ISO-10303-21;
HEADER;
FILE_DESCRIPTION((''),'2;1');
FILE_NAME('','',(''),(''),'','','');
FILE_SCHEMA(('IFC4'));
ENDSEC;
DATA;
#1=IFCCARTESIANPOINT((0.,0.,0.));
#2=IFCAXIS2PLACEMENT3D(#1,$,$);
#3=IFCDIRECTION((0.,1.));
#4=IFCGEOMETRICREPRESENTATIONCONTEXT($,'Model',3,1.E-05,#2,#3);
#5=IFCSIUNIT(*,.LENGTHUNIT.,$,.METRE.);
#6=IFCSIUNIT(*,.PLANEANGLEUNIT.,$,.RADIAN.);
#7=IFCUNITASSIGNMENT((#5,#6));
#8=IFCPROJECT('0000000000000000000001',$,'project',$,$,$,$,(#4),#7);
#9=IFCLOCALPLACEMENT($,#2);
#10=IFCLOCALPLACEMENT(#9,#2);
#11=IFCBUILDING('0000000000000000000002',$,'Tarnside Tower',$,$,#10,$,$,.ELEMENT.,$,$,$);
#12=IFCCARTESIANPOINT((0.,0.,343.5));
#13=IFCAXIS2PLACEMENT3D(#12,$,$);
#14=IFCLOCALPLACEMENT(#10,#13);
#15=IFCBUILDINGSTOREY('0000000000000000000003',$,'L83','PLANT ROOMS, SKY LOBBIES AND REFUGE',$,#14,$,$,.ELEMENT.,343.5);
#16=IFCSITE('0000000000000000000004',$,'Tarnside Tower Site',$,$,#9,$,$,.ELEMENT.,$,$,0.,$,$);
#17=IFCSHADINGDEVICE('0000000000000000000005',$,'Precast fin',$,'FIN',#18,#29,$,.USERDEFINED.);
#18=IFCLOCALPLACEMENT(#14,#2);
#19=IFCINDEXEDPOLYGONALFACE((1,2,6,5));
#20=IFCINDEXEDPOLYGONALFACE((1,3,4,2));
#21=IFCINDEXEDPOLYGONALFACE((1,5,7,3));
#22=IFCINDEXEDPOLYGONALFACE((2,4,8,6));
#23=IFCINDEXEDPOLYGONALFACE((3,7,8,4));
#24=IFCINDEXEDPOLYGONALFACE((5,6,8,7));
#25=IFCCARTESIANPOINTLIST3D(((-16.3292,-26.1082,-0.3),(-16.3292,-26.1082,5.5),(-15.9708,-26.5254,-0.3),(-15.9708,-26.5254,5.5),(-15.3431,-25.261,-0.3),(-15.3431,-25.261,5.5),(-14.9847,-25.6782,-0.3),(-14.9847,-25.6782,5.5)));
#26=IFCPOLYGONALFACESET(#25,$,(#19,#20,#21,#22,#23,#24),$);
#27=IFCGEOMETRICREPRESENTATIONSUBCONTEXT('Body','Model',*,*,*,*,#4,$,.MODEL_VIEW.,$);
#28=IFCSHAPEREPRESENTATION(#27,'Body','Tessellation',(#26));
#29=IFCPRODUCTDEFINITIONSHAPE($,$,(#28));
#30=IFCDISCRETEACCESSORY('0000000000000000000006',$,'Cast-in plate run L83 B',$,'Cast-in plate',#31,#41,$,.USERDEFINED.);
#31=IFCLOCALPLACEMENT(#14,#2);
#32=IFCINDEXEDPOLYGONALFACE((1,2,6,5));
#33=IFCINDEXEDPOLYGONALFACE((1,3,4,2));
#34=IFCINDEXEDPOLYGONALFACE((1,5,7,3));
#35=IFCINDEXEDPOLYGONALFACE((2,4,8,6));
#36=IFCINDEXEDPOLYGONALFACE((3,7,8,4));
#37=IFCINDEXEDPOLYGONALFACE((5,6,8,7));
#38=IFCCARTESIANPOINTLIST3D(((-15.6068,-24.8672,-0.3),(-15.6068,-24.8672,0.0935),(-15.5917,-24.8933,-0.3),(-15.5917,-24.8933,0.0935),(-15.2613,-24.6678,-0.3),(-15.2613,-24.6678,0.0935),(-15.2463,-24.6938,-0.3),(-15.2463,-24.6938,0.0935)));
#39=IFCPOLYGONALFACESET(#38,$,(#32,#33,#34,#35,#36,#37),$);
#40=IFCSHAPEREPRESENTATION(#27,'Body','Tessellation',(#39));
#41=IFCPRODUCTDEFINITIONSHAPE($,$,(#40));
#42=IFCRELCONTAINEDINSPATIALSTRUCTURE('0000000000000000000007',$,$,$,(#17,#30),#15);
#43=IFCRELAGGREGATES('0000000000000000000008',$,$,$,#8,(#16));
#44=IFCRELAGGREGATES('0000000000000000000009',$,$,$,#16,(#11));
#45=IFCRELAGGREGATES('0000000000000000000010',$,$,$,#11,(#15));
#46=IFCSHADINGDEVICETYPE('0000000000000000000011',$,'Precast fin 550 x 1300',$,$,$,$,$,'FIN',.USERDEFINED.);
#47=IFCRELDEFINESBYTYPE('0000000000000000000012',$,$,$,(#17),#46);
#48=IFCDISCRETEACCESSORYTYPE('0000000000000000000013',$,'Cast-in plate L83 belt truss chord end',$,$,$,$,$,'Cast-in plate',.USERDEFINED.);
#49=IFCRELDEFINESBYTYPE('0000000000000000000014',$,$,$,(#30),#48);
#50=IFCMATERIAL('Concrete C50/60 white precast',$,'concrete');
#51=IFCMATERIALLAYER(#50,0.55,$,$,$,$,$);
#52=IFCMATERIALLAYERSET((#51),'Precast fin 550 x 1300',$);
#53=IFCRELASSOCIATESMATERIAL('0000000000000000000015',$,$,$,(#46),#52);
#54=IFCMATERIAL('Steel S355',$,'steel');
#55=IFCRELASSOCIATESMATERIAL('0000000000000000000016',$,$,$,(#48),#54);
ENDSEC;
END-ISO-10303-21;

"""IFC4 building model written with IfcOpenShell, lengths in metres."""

from ifc_helpers import new_model, si_unit, direction, frame, origin, origin_2d, place, context, subcontext, project, spatial, polyline, rectangle, outline, extrude, material, layer, layer_set, type_object, element, save


model = new_model("IFC4")

# Units and contexts
model_context = context("Model", 3, precision=1e-05, world=origin(), true_north=direction((0.0, 1.0)))
body_context = subcontext(model_context, "Body", "Model", "MODEL_VIEW")
ifc_project = project(units=[si_unit("LENGTHUNIT", "METRE"), si_unit("PLANEANGLEUNIT", "RADIAN")], contexts=[model_context])

# Site, building, storey
site_placement = place(None, origin())
site = spatial("IfcSite", under=ifc_project, at=site_placement, Name="Tarnside Tower Site", CompositionType="ELEMENT", RefElevation=0.0)
building_placement = place(site_placement, origin())
building = spatial("IfcBuilding", under=site, at=building_placement, Name="Tarnside Tower", CompositionType="ELEMENT")
storey_placement = place(building_placement, frame((0.0, 0.0, 343.5)))
storey = spatial("IfcBuildingStorey", under=building, at=storey_placement, Name="L83", Description="PLANT ROOMS, SKY LOBBIES AND REFUGE", CompositionType="ELEMENT", Elevation=343.5)

# Shared definitions
ifc_material_1 = material(Name="Steel S355", Category="steel")

# Shading device
ifc_material_2 = material(Name="Concrete C50/60 white precast", Category="concrete")
ifc_layer_1 = layer(ifc_material_2, 0.55)
ifc_layer_set_1 = layer_set([ifc_layer_1], Name="Precast fin 550 x 1300")
shading_device_type_1 = type_object("IfcShadingDeviceType", Name="Precast fin 550 x 1300", ElementType="FIN", PredefinedType="USERDEFINED", material=ifc_layer_set_1)
shading_device_1_placement = place(storey_placement, frame((-15.1638, -25.4697, -0.3), z_axis=(-0.651657, 0.758514, 0.0), x_axis=(-0.758514, -0.651657, 0.0)))
element("IfcShadingDevice", 1, at=shading_device_1_placement, inside=storey, type_object=shading_device_type_1, Name="Precast fin", ObjectType="FIN", PredefinedType="USERDEFINED", context=body_context, shape_type="SweptSolid", body=[
    extrude(outline(polyline([(0.0, 0.0), (1.3, 0.0), (1.3, 5.8), (0.0, 5.8), (0.0, 0.0)])), frame((0.0, 0.0, -0.2749)), (0.0, 0.0, 1.0), 0.55),
])

# Discrete accessory
discrete_accessory_type = type_object("IfcDiscreteAccessoryType", Name="Cast-in plate L83 belt truss chord end", ElementType="Cast-in plate", PredefinedType="USERDEFINED", material=ifc_material_1)
discrete_accessory_placement = place(storey_placement, frame((-15.4265, -24.7805, -0.3), z_axis=(0.0, 0.0, 1.0), x_axis=(0.5, -0.866025, 0.0)))
element("IfcDiscreteAccessory", 2, at=discrete_accessory_placement, inside=storey, type_object=discrete_accessory_type, Name="Cast-in plate run L83 B", ObjectType="Cast-in plate", PredefinedType="USERDEFINED", context=body_context, shape_type="SweptSolid", body=[
    extrude(rectangle(XDim=0.03, YDim=0.3989, at=origin_2d()), origin(), (0.0, 0.0, 1.0), 0.3936),
])

save(model, "model.ifc")
